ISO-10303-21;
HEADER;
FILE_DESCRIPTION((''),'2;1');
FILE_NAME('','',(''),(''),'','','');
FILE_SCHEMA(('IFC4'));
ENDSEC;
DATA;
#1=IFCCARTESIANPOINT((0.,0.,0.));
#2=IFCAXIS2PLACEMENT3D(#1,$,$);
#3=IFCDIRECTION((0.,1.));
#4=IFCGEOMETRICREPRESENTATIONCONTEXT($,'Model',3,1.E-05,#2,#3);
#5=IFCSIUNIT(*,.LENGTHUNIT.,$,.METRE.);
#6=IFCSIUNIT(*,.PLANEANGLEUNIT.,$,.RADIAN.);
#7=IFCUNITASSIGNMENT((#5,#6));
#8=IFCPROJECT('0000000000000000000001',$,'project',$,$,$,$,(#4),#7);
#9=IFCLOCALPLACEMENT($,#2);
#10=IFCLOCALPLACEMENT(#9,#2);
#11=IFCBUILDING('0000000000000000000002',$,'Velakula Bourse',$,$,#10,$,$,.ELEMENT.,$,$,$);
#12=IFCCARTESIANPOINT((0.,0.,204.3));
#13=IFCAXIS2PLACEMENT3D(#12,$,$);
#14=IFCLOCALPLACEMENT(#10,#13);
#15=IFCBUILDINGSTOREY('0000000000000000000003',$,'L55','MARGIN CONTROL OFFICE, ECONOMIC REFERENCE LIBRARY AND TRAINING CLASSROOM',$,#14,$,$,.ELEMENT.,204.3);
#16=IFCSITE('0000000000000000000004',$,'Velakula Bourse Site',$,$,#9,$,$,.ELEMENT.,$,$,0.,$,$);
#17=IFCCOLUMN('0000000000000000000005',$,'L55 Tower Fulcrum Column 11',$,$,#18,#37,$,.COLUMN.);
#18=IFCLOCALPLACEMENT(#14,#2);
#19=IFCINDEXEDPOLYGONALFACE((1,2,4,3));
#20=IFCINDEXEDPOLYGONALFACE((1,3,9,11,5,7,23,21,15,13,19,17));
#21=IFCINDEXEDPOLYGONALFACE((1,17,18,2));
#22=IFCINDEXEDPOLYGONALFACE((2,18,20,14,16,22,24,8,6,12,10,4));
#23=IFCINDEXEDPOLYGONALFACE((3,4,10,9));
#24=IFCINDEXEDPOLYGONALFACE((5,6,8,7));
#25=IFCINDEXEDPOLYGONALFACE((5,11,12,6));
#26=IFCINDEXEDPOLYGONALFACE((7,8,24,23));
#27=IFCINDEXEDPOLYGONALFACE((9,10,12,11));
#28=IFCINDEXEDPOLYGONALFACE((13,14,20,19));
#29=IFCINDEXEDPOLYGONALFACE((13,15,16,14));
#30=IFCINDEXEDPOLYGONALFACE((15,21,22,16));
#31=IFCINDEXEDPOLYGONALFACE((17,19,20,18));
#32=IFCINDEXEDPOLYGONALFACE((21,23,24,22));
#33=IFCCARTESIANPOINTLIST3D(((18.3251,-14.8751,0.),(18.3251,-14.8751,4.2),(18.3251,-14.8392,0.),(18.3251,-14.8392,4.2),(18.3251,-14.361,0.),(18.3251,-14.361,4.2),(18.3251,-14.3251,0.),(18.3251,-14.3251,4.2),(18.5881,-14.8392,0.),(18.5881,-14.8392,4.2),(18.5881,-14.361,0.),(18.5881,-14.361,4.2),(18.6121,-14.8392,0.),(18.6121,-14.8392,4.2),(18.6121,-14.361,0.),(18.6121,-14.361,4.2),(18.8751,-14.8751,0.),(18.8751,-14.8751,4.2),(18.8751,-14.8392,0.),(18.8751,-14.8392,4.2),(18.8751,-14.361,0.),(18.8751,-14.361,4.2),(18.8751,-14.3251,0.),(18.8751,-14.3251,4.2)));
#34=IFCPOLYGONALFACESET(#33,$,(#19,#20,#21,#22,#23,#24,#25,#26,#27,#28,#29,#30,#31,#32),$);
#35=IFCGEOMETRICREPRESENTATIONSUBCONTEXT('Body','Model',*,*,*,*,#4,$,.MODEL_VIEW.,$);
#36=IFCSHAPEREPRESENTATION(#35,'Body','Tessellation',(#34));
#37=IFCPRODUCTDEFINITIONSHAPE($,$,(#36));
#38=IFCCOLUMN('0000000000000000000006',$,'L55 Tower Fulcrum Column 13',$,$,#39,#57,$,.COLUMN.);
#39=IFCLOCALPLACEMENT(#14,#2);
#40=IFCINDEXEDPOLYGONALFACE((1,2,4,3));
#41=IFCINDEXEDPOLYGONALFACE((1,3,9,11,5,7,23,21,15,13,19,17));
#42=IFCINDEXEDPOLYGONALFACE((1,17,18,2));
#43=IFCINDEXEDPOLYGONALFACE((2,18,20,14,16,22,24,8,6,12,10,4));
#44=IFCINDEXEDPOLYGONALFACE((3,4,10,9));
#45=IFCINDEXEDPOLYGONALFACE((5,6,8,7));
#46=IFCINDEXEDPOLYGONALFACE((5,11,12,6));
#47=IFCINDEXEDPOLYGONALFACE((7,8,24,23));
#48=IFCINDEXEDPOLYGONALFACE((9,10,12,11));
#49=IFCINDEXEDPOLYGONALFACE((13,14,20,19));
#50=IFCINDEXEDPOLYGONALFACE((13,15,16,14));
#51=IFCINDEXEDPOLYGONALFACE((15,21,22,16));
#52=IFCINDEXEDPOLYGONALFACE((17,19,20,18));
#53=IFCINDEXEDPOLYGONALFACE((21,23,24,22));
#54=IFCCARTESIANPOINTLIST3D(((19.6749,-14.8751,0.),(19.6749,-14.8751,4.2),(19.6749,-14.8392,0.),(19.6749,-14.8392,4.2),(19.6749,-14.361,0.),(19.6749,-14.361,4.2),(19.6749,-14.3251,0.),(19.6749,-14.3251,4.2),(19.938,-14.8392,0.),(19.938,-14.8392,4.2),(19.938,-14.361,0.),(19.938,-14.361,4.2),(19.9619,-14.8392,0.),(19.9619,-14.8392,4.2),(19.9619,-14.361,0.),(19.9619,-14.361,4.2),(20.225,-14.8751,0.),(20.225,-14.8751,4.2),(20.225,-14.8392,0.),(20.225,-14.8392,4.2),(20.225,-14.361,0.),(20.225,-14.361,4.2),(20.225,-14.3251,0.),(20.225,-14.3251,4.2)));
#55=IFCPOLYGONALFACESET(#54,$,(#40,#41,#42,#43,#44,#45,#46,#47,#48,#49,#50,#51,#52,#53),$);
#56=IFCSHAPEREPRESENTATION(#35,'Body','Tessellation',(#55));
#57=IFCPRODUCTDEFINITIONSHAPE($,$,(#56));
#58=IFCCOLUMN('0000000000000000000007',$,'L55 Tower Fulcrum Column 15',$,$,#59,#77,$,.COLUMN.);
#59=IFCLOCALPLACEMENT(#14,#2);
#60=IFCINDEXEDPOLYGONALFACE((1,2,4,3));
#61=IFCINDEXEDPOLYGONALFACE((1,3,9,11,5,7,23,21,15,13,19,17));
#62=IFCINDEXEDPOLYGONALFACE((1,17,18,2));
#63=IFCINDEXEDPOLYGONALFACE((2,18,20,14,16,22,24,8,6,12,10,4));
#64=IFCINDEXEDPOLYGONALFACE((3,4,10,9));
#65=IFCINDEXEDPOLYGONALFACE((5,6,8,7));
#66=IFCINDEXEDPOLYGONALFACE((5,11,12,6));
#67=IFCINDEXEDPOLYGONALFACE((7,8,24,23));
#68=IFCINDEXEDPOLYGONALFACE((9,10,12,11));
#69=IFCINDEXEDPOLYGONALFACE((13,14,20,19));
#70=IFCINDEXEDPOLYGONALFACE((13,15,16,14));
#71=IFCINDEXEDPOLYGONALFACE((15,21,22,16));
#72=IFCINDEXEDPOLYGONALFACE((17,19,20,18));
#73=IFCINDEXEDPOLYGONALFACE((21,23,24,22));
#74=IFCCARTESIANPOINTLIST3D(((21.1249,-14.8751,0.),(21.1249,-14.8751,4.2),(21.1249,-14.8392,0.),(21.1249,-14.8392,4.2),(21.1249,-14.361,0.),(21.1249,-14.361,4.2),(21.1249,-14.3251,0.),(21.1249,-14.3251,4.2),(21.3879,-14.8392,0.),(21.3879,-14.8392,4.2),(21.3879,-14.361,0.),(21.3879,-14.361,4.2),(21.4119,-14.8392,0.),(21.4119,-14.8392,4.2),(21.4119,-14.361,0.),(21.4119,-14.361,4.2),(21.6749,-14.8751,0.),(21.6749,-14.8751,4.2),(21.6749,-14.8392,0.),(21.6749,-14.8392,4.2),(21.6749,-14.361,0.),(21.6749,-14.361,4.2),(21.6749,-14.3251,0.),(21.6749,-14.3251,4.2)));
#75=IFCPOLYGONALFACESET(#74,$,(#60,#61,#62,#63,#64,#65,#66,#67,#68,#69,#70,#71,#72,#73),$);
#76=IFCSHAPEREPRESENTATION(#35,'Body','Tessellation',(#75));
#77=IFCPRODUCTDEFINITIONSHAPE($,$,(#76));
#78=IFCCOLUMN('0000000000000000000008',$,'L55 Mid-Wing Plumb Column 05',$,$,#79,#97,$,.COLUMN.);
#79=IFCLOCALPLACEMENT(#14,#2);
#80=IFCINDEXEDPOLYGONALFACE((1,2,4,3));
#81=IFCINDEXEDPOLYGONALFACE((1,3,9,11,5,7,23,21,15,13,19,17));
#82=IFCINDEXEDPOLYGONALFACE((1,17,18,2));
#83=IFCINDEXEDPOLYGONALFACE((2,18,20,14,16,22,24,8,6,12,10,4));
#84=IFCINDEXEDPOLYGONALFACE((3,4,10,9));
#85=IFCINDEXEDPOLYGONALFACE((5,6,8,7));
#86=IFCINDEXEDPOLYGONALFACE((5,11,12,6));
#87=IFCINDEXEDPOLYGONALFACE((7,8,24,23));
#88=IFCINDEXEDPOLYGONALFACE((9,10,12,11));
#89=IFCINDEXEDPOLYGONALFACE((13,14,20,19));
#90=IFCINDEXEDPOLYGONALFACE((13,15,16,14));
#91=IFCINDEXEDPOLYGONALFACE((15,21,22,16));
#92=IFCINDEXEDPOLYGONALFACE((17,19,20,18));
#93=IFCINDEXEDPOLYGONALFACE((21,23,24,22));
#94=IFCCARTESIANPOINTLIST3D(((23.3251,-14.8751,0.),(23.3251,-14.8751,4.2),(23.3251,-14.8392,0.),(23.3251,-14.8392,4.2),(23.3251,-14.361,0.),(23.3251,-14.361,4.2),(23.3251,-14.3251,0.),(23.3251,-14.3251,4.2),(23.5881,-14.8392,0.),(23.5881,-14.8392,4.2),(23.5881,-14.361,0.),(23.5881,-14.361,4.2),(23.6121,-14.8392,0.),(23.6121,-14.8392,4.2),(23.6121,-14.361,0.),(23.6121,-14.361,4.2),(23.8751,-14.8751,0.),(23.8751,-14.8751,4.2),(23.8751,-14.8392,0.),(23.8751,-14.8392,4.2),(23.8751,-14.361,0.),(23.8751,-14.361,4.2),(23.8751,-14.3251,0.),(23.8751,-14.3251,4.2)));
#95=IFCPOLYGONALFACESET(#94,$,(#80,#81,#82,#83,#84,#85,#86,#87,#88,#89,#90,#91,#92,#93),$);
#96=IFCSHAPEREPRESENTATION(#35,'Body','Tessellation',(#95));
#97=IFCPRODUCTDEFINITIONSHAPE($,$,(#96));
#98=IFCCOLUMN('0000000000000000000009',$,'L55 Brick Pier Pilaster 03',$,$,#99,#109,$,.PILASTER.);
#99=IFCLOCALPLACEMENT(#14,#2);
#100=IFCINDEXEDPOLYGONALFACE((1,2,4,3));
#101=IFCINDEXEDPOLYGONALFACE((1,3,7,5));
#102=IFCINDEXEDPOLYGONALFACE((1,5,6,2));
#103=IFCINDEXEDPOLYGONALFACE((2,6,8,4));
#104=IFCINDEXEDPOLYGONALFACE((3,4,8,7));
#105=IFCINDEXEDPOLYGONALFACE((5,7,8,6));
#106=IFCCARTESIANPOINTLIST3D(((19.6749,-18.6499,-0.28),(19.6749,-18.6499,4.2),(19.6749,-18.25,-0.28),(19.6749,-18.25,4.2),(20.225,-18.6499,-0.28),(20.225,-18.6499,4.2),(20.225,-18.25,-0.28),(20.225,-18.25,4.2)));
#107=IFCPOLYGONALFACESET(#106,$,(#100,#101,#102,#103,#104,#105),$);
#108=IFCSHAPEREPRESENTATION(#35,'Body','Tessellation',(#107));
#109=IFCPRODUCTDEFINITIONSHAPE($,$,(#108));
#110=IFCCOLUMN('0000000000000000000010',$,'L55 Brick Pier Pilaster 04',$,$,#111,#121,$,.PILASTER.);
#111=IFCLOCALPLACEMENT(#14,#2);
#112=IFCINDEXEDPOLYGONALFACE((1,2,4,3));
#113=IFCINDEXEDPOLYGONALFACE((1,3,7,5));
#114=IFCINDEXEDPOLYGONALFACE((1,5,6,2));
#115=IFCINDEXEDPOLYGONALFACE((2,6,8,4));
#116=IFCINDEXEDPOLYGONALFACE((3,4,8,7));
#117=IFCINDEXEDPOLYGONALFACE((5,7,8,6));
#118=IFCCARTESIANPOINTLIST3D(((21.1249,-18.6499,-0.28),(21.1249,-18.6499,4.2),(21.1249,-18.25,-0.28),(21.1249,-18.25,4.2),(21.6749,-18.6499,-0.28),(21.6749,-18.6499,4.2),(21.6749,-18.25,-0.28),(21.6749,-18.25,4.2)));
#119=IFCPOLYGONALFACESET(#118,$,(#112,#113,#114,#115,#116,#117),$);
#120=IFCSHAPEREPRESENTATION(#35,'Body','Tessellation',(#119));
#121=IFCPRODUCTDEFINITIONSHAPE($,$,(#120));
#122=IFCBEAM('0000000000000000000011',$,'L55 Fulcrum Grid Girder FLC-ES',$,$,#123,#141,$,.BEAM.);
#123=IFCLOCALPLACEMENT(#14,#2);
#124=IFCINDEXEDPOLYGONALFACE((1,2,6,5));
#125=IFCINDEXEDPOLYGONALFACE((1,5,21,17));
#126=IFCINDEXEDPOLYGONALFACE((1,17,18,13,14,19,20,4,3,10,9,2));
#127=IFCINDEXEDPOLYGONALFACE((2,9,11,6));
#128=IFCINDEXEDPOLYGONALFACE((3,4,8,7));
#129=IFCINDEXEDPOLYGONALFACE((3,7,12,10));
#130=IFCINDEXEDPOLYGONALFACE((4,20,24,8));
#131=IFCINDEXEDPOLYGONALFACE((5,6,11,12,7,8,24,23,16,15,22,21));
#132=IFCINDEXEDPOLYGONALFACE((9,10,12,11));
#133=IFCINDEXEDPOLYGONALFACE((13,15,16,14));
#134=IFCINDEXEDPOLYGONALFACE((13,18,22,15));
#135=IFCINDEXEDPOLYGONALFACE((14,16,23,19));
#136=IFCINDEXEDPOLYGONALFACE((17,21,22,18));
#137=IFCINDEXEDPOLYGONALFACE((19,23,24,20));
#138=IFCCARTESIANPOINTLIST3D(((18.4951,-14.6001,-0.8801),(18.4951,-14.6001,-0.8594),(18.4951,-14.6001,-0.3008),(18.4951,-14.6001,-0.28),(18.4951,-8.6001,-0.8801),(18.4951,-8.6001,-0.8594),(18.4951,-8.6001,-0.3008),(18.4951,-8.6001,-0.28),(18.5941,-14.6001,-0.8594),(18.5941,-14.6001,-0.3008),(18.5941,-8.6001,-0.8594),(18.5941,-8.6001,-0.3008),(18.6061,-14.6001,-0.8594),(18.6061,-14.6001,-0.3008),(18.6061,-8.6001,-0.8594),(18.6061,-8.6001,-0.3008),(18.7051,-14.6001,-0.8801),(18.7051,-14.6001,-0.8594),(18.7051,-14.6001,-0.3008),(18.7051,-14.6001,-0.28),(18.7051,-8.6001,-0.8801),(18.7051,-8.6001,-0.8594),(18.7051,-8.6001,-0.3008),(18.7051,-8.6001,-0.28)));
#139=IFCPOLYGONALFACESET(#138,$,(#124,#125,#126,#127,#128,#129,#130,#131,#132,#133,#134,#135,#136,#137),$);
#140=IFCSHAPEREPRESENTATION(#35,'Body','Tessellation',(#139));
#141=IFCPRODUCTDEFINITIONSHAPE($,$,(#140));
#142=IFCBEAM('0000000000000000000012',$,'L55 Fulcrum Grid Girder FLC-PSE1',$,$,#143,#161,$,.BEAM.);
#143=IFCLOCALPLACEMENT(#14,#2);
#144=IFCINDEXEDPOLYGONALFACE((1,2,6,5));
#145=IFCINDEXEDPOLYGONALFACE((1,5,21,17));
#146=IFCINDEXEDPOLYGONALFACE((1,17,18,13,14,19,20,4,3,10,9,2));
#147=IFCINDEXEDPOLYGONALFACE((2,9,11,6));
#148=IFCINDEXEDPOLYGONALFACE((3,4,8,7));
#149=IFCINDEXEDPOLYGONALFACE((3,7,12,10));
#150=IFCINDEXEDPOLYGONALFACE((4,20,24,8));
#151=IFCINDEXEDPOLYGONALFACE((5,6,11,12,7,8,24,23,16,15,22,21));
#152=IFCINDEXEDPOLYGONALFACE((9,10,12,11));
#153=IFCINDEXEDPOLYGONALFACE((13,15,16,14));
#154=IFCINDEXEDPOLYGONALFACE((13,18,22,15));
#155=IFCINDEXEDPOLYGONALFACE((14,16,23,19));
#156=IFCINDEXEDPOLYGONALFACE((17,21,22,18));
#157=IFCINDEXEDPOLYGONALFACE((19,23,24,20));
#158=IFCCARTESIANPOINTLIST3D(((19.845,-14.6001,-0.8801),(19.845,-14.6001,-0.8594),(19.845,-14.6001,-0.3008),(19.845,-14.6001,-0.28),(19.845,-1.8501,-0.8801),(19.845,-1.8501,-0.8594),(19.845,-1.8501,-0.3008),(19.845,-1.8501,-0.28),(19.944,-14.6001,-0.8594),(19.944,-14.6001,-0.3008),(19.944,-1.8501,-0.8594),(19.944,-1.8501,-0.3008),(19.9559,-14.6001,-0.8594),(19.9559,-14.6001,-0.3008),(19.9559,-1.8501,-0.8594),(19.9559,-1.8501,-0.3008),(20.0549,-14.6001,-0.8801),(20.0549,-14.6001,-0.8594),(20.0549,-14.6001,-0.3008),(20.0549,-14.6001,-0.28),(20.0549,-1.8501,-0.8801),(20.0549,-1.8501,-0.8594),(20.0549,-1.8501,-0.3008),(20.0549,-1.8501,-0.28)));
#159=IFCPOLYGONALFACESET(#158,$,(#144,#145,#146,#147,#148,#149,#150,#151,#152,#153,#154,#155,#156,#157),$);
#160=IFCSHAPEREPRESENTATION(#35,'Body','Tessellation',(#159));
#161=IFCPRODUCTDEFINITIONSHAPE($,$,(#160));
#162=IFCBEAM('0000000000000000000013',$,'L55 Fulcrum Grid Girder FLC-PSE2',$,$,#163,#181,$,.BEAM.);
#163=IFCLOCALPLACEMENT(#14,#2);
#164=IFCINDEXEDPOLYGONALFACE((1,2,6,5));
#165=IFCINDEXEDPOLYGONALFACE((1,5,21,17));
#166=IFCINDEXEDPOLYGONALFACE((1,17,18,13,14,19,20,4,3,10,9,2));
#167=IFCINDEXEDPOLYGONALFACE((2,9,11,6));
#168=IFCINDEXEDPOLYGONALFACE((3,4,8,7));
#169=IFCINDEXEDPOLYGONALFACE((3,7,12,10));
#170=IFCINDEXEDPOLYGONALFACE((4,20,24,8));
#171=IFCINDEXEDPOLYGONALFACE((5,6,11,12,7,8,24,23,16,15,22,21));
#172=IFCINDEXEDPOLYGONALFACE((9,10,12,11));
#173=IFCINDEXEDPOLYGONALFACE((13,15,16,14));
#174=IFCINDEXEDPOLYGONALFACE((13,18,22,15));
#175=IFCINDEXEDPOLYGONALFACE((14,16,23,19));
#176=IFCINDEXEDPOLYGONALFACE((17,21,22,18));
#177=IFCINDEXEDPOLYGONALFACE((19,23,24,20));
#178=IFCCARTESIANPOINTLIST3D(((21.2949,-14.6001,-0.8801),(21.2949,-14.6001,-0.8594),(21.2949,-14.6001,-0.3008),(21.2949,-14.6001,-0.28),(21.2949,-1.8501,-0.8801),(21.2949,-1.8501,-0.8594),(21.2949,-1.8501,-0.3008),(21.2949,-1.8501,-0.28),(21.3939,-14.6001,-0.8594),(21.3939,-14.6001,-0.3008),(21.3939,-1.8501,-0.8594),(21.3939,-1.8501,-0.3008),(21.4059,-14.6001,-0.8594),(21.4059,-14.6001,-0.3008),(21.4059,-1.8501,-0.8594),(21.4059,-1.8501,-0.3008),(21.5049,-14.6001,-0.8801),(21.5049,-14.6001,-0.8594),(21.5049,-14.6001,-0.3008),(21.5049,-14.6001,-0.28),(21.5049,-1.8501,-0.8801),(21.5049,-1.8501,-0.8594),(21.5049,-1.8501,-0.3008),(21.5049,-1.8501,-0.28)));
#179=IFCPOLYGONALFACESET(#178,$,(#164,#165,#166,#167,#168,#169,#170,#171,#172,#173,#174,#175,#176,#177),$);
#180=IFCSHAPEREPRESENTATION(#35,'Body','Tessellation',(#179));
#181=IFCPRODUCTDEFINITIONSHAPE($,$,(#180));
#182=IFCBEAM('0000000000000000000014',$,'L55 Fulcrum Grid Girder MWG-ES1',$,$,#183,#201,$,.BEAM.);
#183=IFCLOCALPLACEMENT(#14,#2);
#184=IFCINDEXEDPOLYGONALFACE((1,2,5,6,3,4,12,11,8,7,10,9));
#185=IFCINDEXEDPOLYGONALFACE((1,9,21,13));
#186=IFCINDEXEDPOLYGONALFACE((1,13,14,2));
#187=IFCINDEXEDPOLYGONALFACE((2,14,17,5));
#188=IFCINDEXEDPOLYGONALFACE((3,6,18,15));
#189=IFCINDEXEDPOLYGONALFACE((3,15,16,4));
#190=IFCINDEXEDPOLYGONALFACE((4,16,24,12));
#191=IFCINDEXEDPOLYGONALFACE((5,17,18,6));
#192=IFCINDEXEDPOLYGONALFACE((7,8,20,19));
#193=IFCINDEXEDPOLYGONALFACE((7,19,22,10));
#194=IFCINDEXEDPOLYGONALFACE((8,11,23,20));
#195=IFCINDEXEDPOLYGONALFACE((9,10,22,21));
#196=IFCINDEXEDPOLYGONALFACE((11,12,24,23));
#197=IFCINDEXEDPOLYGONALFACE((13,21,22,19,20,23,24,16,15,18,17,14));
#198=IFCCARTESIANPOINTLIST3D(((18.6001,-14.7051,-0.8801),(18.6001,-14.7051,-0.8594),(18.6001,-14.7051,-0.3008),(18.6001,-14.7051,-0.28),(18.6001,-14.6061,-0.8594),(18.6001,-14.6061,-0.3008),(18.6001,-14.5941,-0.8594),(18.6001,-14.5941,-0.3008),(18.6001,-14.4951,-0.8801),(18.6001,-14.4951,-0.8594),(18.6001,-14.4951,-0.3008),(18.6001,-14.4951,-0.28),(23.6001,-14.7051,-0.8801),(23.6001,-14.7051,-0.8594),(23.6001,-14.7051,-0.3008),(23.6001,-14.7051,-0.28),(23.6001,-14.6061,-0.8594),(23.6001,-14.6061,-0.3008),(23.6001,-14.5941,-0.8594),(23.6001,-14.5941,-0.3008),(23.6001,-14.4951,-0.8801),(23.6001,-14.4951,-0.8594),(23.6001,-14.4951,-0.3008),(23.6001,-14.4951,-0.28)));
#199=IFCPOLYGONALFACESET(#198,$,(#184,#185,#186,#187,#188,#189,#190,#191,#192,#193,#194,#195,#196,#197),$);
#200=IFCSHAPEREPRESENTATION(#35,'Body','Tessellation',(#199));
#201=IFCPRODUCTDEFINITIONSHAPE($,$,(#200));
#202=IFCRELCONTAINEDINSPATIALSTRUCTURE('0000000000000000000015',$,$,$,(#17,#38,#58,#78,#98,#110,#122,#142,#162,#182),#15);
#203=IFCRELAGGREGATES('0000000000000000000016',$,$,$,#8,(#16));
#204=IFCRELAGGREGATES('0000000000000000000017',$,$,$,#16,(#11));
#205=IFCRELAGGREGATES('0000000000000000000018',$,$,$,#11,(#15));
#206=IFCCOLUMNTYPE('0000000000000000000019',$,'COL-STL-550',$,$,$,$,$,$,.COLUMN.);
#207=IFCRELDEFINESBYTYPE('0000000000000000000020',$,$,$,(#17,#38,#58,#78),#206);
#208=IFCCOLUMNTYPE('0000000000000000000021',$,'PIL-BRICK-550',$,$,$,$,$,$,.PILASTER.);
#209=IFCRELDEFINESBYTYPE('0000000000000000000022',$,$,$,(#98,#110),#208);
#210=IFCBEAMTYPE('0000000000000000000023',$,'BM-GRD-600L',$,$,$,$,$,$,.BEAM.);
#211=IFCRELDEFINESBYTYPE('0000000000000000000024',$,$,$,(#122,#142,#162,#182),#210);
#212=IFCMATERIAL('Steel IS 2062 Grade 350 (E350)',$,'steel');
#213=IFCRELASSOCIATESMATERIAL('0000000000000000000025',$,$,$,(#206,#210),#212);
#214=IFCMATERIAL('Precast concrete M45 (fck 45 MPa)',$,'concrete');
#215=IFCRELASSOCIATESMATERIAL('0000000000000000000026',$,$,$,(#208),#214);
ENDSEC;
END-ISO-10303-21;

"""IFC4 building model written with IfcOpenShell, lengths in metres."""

from ifc_helpers import new_model, si_unit, direction, frame, origin, origin_2d, place, context, subcontext, project, spatial, rectangle, i_section, extrude, material, material_profile, profile_set, type_object, element, save


model = new_model("IFC4")

# Units and contexts
model_context = context("Model", 3, precision=1e-05, world=origin(), true_north=direction((0.0, 1.0)))
body_context = subcontext(model_context, "Body", "Model", "MODEL_VIEW")
ifc_project = project(units=[si_unit("LENGTHUNIT", "METRE"), si_unit("PLANEANGLEUNIT", "RADIAN")], contexts=[model_context])

# Site, building, storey
site_placement = place(None, origin())
site = spatial("IfcSite", under=ifc_project, at=site_placement, Name="Velakula Bourse Site", CompositionType="ELEMENT", RefElevation=0.0)
building_placement = place(site_placement, origin())
building = spatial("IfcBuilding", under=site, at=building_placement, Name="Velakula Bourse", CompositionType="ELEMENT")
storey_placement = place(building_placement, frame((0.0, 0.0, 204.3)))
storey = spatial("IfcBuildingStorey", under=building, at=storey_placement, Name="L55", Description="MARGIN CONTROL OFFICE, ECONOMIC REFERENCE LIBRARY AND TRAINING CLASSROOM", CompositionType="ELEMENT", Elevation=204.3)

# Columns
ifc_material_1 = material(Name="Steel IS 2062 Grade 350 (E350)", Category="steel")
ifc_material_profile_1 = material_profile(ifc_material_1, i_section(OverallWidth=0.55, OverallDepth=0.55, WebThickness=0.0239, FlangeThickness=0.0359, at=origin_2d()), Name="Steel IS 2062 Grade 350 (E350)")
ifc_profile_set_1 = profile_set([ifc_material_profile_1], Name="Steel IS 2062 Grade 350 (E350)")
column_type_1 = type_object("IfcColumnType", Name="COL-STL-550", PredefinedType="COLUMN", material=ifc_profile_set_1)
for number, where, z_axis, x_axis, name in (
    (1, (18.6001, -14.6001, 0.0), (0.0, 0.0, 1.0), (1.0, 0.0, 0.0), "L55 Tower Fulcrum Column 11"),
    (2, (19.95, -14.6001, 0.0), (0.0, 0.0, 1.0), (1.0, 0.0, 0.0), "L55 Tower Fulcrum Column 13"),
    (3, (21.3999, -14.6001, 0.0), (0.0, 0.0, 1.0), (1.0, 0.0, 0.0), "L55 Tower Fulcrum Column 15"),
    (4, (23.6001, -14.6001, 0.0), (0.0, 0.0, 1.0), (1.0, 0.0, 0.0), "L55 Mid-Wing Plumb Column 05"),
):
    element("IfcColumn", number, at=place(storey_placement, frame(where, z_axis=z_axis, x_axis=x_axis)), inside=storey, type_object=column_type_1, Name=name, PredefinedType="COLUMN", context=body_context, shape_type="SweptSolid", body=[
        extrude(i_section(OverallWidth=0.55, OverallDepth=0.55, WebThickness=0.0239, FlangeThickness=0.0359, at=origin_2d()), origin(), (0.0, 0.0, 1.0), 4.2),
    ])
ifc_material_2 = material(Name="Precast concrete M45 (fck 45 MPa)", Category="concrete")
ifc_material_profile_2 = material_profile(ifc_material_2, rectangle(XDim=0.55, YDim=0.3999, at=origin_2d()), Name="Precast concrete M45 (fck 45 MPa)")
ifc_profile_set_2 = profile_set([ifc_material_profile_2], Name="Precast concrete M45 (fck 45 MPa)")
column_type_2 = type_object("IfcColumnType", Name="PIL-BRICK-550", PredefinedType="PILASTER", material=ifc_profile_set_2)
for number, where, z_axis, x_axis, name in (
    (5, (19.95, -18.45, -0.28), (0.0, 0.0, 1.0), (1.0, 0.0, 0.0), "L55 Brick Pier Pilaster 03"),
    (6, (21.3999, -18.45, -0.28), (0.0, 0.0, 1.0), (1.0, 0.0, 0.0), "L55 Brick Pier Pilaster 04"),
):
    element("IfcColumn", number, at=place(storey_placement, frame(where, z_axis=z_axis, x_axis=x_axis)), inside=storey, type_object=column_type_2, Name=name, PredefinedType="PILASTER", context=body_context, shape_type="SweptSolid", body=[
        extrude(rectangle(XDim=0.55, YDim=0.3999, at=origin_2d()), origin(), (0.0, 0.0, 1.0), 4.48),
    ])

# Beams
ifc_material_profile_3 = material_profile(ifc_material_1, i_section(OverallWidth=0.21, OverallDepth=0.6001, WebThickness=0.012, FlangeThickness=0.0208, at=origin_2d()), Name="Steel IS 2062 Grade 350 (E350)")
ifc_profile_set_3 = profile_set([ifc_material_profile_3], Name="Steel IS 2062 Grade 350 (E350)")
beam_type_1 = type_object("IfcBeamType", Name="BM-GRD-600L", PredefinedType="BEAM", material=ifc_profile_set_3)
beam_1_placement = place(storey_placement, frame((18.6001, -14.6001, -0.5801), z_axis=(0.0, 1.0, 0.0), x_axis=(-1.0, 0.0, 0.0)))
element("IfcBeam", 7, at=beam_1_placement, inside=storey, type_object=beam_type_1, Name="L55 Fulcrum Grid Girder FLC-ES", PredefinedType="BEAM", context=body_context, shape_type="SweptSolid", body=[
    extrude(i_section(OverallWidth=0.21, OverallDepth=0.6001, WebThickness=0.012, FlangeThickness=0.0208, at=origin_2d()), origin(), (0.0, 0.0, 1.0), 6.0),
])
for number, where, z_axis, x_axis, name in (
    (8, (19.95, -14.6001, -0.5801), (0.0, 1.0, 0.0), (-1.0, 0.0, 0.0), "L55 Fulcrum Grid Girder FLC-PSE1"),
    (9, (21.3999, -14.6001, -0.5801), (0.0, 1.0, 0.0), (-1.0, 0.0, 0.0), "L55 Fulcrum Grid Girder FLC-PSE2"),
):
    element("IfcBeam", number, at=place(storey_placement, frame(where, z_axis=z_axis, x_axis=x_axis)), inside=storey, type_object=beam_type_1, Name=name, PredefinedType="BEAM", context=body_context, shape_type="SweptSolid", body=[
        extrude(i_section(OverallWidth=0.21, OverallDepth=0.6001, WebThickness=0.012, FlangeThickness=0.0208, at=origin_2d()), origin(), (0.0, 0.0, 1.0), 12.75),
    ])
beam_2_placement = place(storey_placement, frame((18.6001, -14.6001, -0.5801), z_axis=(1.0, 0.0, 0.0), x_axis=(0.0, 1.0, 0.0)))
element("IfcBeam", 10, at=beam_2_placement, inside=storey, type_object=beam_type_1, Name="L55 Fulcrum Grid Girder MWG-ES1", PredefinedType="BEAM", context=body_context, shape_type="SweptSolid", body=[
    extrude(i_section(OverallWidth=0.21, OverallDepth=0.6001, WebThickness=0.012, FlangeThickness=0.0208, at=origin_2d()), origin(), (0.0, 0.0, 1.0), 5.0),
])

save(model, "model.ifc")
